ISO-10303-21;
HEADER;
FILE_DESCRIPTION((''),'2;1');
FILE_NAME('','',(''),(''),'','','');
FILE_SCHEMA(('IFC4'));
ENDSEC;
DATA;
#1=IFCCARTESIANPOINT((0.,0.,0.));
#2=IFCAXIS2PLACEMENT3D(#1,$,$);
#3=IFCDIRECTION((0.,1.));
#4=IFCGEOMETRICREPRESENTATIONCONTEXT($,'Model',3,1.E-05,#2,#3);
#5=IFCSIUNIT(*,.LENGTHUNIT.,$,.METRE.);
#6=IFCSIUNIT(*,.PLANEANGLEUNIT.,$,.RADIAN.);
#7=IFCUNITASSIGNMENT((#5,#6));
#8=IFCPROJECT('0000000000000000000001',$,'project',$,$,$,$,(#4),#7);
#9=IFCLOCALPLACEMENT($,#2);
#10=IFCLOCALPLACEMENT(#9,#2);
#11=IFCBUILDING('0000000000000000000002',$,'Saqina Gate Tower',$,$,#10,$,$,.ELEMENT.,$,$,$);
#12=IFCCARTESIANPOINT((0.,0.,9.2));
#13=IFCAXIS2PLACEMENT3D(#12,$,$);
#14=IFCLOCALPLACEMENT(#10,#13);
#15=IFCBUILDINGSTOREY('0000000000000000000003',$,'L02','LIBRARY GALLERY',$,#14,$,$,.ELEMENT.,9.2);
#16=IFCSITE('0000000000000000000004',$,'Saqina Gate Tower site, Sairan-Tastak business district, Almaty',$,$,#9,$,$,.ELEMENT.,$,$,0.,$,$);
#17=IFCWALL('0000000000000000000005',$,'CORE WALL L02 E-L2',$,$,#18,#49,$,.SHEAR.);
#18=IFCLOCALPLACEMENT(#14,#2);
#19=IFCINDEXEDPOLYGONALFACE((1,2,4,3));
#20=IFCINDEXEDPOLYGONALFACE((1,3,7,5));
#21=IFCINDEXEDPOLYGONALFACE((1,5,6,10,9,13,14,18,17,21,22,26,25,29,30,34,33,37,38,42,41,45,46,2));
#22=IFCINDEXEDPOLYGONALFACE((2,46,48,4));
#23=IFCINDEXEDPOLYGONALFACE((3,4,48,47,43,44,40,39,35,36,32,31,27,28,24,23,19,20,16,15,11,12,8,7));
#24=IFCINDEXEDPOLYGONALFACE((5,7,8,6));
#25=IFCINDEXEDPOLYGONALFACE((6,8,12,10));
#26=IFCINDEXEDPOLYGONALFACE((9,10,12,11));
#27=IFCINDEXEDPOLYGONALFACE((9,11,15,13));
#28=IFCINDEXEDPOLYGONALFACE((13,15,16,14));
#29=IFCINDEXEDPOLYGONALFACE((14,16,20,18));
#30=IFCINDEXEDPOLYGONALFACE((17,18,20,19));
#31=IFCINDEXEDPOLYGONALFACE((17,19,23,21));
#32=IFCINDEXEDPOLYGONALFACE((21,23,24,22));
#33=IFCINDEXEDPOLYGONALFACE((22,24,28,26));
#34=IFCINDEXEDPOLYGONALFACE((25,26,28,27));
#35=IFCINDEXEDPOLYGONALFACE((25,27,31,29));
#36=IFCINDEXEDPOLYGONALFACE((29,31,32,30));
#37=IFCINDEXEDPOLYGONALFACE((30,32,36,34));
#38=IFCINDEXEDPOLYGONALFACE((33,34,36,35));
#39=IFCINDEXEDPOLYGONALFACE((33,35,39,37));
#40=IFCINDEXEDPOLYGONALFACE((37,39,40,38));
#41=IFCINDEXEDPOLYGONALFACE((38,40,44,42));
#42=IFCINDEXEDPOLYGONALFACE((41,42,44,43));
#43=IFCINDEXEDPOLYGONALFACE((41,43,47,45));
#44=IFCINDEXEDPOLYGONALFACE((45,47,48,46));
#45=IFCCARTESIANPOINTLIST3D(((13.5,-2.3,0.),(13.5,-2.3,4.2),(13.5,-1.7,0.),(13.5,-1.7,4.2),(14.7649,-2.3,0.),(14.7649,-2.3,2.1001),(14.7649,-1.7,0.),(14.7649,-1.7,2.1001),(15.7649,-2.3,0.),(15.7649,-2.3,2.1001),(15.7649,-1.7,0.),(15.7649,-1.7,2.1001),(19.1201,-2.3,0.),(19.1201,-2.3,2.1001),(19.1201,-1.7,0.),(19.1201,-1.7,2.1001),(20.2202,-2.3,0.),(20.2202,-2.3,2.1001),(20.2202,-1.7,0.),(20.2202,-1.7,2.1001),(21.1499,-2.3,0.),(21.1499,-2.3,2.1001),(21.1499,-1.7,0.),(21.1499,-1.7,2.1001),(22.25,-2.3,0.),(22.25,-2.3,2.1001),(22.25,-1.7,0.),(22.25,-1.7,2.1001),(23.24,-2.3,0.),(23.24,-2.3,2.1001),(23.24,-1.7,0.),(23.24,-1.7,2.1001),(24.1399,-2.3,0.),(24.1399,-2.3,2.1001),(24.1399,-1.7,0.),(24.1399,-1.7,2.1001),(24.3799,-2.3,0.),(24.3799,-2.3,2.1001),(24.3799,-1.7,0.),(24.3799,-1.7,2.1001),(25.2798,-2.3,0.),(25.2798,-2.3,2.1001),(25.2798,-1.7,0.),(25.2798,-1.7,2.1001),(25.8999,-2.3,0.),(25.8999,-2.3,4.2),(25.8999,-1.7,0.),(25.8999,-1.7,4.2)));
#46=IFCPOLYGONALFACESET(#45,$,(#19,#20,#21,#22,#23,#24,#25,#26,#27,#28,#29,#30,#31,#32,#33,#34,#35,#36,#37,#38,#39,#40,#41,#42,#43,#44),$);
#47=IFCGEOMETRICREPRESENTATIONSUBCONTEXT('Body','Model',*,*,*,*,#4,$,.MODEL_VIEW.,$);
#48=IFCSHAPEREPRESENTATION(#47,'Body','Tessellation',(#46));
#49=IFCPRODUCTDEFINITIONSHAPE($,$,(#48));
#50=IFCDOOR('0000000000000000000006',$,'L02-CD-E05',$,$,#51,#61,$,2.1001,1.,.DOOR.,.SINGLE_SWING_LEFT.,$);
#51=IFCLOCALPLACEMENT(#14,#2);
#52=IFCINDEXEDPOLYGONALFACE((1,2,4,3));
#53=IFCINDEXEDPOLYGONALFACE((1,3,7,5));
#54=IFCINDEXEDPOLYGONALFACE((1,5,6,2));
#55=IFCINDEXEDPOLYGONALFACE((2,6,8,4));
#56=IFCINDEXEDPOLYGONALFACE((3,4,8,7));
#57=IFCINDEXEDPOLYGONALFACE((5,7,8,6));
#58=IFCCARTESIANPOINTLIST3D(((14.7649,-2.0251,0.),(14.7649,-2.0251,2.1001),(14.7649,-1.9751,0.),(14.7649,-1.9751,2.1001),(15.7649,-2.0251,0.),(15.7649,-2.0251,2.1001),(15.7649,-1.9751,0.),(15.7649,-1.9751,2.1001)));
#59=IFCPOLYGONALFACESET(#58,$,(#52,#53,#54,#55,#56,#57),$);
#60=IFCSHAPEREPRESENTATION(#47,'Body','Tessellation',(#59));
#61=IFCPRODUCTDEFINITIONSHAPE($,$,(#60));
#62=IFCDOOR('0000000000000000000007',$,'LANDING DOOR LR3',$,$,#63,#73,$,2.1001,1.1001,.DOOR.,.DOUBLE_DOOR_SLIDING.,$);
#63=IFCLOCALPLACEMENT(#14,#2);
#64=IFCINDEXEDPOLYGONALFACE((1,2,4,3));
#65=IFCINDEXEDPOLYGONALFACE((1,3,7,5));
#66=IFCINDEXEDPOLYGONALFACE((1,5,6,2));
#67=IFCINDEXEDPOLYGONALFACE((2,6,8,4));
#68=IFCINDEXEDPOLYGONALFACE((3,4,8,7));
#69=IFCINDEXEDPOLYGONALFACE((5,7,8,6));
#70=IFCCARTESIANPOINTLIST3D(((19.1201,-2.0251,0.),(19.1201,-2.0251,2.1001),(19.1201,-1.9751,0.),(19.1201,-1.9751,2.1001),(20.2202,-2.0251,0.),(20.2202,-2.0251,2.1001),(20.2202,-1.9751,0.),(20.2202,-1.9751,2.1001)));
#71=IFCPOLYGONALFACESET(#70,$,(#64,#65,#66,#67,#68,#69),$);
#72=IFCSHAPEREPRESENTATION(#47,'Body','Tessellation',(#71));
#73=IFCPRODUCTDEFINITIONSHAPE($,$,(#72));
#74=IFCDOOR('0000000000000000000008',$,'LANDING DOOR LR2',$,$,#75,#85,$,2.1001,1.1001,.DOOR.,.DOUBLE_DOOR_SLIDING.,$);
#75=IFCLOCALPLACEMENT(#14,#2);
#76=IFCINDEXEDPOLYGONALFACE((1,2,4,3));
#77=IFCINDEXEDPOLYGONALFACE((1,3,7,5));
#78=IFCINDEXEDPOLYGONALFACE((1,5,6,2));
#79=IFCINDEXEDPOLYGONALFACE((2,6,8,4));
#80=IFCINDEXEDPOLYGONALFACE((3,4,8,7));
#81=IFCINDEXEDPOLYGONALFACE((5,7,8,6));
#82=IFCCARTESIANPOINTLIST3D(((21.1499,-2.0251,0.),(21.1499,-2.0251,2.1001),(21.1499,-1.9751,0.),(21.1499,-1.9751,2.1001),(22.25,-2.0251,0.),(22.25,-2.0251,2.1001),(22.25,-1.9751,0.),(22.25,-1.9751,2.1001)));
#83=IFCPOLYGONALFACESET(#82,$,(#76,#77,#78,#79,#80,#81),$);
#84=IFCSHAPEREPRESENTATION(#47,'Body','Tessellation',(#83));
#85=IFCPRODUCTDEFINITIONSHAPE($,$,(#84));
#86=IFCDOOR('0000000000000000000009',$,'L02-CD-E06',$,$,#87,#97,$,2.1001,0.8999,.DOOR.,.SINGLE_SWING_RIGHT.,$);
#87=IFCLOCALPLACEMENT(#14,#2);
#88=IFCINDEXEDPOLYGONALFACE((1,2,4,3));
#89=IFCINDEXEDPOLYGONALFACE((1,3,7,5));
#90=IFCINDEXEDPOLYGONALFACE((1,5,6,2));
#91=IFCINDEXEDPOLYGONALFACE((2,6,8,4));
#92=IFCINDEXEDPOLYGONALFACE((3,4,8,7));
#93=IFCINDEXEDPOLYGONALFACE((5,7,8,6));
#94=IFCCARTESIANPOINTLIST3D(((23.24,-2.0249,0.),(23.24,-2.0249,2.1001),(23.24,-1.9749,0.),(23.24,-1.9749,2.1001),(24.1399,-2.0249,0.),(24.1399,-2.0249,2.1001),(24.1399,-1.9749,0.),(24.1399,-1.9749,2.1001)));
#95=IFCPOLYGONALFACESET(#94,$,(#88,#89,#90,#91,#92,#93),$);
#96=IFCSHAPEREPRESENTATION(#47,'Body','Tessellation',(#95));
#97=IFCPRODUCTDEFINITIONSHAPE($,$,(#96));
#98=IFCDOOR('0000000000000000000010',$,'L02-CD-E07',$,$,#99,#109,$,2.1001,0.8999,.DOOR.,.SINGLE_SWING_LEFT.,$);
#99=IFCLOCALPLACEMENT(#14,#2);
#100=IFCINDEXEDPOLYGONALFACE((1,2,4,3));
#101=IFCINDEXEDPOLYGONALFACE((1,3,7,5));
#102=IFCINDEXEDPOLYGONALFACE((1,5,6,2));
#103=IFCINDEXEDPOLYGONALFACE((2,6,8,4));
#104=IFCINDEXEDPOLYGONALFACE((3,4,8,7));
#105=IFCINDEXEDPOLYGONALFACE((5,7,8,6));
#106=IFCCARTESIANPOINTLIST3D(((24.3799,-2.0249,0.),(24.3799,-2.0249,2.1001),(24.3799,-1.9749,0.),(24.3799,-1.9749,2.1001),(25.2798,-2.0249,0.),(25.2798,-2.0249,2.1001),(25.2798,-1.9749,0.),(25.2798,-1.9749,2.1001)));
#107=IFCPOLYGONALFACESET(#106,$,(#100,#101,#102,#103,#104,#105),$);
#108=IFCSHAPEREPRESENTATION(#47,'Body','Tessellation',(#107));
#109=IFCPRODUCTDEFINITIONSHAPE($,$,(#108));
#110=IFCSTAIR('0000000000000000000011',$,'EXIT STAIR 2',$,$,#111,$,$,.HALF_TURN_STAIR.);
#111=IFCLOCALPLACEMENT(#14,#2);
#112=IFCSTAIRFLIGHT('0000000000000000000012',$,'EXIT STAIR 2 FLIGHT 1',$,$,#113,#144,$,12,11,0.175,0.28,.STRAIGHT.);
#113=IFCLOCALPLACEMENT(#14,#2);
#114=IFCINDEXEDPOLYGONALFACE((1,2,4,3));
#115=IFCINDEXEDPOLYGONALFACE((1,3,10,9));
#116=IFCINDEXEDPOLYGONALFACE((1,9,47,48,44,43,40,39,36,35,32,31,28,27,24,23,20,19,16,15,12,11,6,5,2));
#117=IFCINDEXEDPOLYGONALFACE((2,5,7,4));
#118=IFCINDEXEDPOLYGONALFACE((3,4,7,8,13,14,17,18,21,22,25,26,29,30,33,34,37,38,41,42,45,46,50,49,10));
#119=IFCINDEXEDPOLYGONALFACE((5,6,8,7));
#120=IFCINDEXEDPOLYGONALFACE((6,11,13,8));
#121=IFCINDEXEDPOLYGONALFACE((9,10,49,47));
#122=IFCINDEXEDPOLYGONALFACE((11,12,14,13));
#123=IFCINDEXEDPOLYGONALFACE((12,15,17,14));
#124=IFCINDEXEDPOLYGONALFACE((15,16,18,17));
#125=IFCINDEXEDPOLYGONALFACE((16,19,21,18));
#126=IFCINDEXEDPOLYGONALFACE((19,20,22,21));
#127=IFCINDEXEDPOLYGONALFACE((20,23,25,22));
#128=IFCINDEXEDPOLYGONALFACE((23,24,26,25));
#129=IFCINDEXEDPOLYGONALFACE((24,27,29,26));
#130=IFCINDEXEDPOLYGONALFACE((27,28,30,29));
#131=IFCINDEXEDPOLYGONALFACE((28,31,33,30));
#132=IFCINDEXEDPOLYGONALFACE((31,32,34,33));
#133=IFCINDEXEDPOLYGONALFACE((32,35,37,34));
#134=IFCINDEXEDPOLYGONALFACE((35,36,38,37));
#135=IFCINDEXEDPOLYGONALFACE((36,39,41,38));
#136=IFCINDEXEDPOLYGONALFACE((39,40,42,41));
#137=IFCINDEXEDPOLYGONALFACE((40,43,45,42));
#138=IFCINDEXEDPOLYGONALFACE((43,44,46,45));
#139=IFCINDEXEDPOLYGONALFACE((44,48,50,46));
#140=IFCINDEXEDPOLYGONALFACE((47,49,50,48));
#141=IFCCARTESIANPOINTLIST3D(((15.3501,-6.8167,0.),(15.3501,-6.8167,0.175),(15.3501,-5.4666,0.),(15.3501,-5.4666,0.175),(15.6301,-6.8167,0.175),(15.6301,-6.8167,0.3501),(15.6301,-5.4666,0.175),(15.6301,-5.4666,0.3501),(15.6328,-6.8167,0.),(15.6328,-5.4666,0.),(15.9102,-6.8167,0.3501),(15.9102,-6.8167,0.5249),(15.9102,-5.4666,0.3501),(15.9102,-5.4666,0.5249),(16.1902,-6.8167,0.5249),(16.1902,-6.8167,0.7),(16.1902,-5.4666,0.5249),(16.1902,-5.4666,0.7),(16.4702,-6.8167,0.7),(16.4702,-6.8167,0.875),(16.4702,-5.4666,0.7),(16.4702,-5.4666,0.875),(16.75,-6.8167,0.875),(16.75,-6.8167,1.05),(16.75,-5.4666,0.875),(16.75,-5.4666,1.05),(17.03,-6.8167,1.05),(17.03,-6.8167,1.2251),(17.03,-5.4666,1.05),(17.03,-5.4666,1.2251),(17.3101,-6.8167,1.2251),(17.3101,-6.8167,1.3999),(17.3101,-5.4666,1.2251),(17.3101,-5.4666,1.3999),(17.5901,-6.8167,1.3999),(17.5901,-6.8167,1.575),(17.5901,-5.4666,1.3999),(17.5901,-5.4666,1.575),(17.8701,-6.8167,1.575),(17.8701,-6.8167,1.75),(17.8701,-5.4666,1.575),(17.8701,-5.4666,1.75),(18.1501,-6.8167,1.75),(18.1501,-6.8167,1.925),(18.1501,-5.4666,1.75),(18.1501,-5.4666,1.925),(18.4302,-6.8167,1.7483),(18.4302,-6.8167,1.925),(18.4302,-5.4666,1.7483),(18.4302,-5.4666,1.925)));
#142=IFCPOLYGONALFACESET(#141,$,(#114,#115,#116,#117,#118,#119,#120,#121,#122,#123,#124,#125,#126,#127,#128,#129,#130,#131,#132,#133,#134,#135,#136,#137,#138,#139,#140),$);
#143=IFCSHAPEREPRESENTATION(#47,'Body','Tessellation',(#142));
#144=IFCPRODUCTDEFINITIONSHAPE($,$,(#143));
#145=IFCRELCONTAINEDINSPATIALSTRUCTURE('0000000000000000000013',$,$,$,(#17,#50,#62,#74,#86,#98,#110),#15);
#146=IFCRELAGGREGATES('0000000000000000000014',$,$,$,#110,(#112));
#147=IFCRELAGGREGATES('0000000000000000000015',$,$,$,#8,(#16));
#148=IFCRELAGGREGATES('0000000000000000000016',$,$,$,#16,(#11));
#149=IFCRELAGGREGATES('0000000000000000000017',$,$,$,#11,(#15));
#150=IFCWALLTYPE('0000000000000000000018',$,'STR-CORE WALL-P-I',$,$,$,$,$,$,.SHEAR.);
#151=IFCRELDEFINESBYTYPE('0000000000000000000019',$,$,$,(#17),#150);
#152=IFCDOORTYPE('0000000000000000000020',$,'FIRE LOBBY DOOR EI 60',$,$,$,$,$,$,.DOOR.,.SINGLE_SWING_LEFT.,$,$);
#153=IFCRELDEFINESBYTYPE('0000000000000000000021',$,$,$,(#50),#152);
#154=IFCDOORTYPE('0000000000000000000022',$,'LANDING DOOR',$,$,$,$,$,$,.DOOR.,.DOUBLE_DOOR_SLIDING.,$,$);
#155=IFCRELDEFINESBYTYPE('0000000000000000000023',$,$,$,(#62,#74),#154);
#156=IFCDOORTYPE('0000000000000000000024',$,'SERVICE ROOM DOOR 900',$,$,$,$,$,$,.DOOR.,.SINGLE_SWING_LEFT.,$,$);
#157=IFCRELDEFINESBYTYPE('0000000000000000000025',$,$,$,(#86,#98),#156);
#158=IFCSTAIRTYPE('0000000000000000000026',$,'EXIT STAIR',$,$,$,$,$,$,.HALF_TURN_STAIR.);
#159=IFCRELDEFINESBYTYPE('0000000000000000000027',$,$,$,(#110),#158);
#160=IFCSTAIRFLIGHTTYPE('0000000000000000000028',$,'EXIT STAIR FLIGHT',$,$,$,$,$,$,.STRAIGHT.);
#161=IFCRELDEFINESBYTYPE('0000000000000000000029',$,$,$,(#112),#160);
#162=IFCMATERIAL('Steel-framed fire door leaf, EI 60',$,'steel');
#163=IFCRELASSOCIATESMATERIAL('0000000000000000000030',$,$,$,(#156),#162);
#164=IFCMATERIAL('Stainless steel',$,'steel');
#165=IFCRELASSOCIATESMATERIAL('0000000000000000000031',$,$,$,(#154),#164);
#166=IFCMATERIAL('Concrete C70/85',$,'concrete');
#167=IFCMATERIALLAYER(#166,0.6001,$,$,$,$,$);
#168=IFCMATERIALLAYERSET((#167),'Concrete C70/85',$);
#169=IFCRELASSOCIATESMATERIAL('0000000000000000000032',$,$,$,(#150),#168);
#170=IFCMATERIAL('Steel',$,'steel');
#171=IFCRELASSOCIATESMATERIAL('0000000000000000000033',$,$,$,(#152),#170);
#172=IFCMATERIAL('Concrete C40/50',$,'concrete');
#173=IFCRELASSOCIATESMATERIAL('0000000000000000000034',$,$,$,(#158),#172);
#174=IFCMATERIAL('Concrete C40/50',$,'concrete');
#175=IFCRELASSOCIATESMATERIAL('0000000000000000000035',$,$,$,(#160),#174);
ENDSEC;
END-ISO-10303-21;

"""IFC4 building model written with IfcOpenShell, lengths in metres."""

from ifc_helpers import new_model, si_unit, direction, frame, frame_2d, origin, place, context, subcontext, project, spatial, polyline, rectangle, outline, extrude, material, layer, layer_set, type_object, element, fill, aggregate, save


model = new_model("IFC4")

# Units and contexts
model_context = context("Model", 3, precision=1e-05, world=origin(), true_north=direction((0.0, 1.0)))
body_context = subcontext(model_context, "Body", "Model", "MODEL_VIEW")
ifc_project = project(units=[si_unit("LENGTHUNIT", "METRE"), si_unit("PLANEANGLEUNIT", "RADIAN")], contexts=[model_context])

# Site, building, storey
site_placement = place(None, origin())
site = spatial("IfcSite", under=ifc_project, at=site_placement, Name="Saqina Gate Tower site, Sairan-Tastak business district, Almaty", CompositionType="ELEMENT", RefElevation=0.0)
building_placement = place(site_placement, origin())
building = spatial("IfcBuilding", under=site, at=building_placement, Name="Saqina Gate Tower", CompositionType="ELEMENT")
storey_placement = place(building_placement, frame((0.0, 0.0, 9.2)))
storey = spatial("IfcBuildingStorey", under=building, at=storey_placement, Name="L02", Description="LIBRARY GALLERY", CompositionType="ELEMENT", Elevation=9.2)

# Shared definitions
ifc_material_1 = material(Name="Steel-framed fire door leaf, EI 60", Category="steel")
door_type_1 = type_object("IfcDoorType", Name="SERVICE ROOM DOOR 900", OperationType="SINGLE_SWING_LEFT", PredefinedType="DOOR", material=ifc_material_1)
ifc_material_2 = material(Name="Stainless steel", Category="steel")
door_type_2 = type_object("IfcDoorType", Name="LANDING DOOR", OperationType="DOUBLE_DOOR_SLIDING", PredefinedType="DOOR", material=ifc_material_2)

# Wall, openings, doors
ifc_material_3 = material(Name="Concrete C70/85", Category="concrete")
ifc_layer_1 = layer(ifc_material_3, 0.6001)
ifc_layer_set_1 = layer_set([ifc_layer_1], Name="Concrete C70/85")
wall_type_1 = type_object("IfcWallType", Name="STR-CORE WALL-P-I", PredefinedType="SHEAR", material=ifc_layer_set_1)
wall_1_placement = place(storey_placement, frame((13.5, -2.0, 0.0), z_axis=(0.0, 0.0, 1.0), x_axis=(1.0, 0.0, 0.0)))
wall_1 = element("IfcWall", 1, at=wall_1_placement, inside=storey, type_object=wall_type_1, Name="CORE WALL L02 E-L2", PredefinedType="SHEAR", context=body_context, shape_type="SweptSolid", body=[
    extrude(rectangle(XDim=12.3999, YDim=0.6001, at=frame_2d((6.2, 0.0))), origin(), (0.0, 0.0, 1.0), 4.2),
])
opening_1_placement = place(wall_1_placement, frame((5.6201, 0.0, 0.0)))
opening_1 = element("IfcOpeningElement", 2, at=opening_1_placement, cuts=wall_1, PredefinedType="OPENING", context=body_context, shape_type="SweptSolid", body=[
    extrude(rectangle(XDim=1.1001, YDim=2.1001, at=frame_2d((0.55, 1.05))), frame((0.0, 0.312, 0.0), z_axis=(0.0, -1.0, 0.0), x_axis=(1.0, 0.0, 0.0)), (0.0, 0.0, 1.0), 0.624),
])
opening_2_placement = place(wall_1_placement, frame((7.6499, 0.0, 0.0)))
opening_2 = element("IfcOpeningElement", 3, at=opening_2_placement, cuts=wall_1, PredefinedType="OPENING", context=body_context, shape_type="SweptSolid", body=[
    extrude(rectangle(XDim=1.1001, YDim=2.1001, at=frame_2d((0.55, 1.05))), frame((0.0, 0.312, 0.0), z_axis=(0.0, -1.0, 0.0), x_axis=(1.0, 0.0, 0.0)), (0.0, 0.0, 1.0), 0.624),
])
opening_3_placement = place(wall_1_placement, frame((1.2649, 0.0, 0.0)))
opening_3 = element("IfcOpeningElement", 4, at=opening_3_placement, cuts=wall_1, PredefinedType="OPENING", context=body_context, shape_type="SweptSolid", body=[
    extrude(rectangle(XDim=1.0, YDim=2.1001, at=frame_2d((0.5, 1.05))), frame((0.0, 0.312, 0.0), z_axis=(0.0, -1.0, 0.0), x_axis=(1.0, 0.0, 0.0)), (0.0, 0.0, 1.0), 0.624),
])
opening_4_placement = place(wall_1_placement, frame((9.74, 0.0, 0.0)))
opening_4 = element("IfcOpeningElement", 5, at=opening_4_placement, cuts=wall_1, PredefinedType="OPENING", context=body_context, shape_type="SweptSolid", body=[
    extrude(rectangle(XDim=0.8999, YDim=2.1001, at=frame_2d((0.45, 1.05))), frame((0.0, 0.312, 0.0), z_axis=(0.0, -1.0, 0.0), x_axis=(1.0, 0.0, 0.0)), (0.0, 0.0, 1.0), 0.624),
])
opening_5_placement = place(wall_1_placement, frame((10.8799, 0.0, 0.0)))
opening_5 = element("IfcOpeningElement", 6, at=opening_5_placement, cuts=wall_1, PredefinedType="OPENING", context=body_context, shape_type="SweptSolid", body=[
    extrude(rectangle(XDim=0.8999, YDim=2.1001, at=frame_2d((0.45, 1.05))), frame((0.0, 0.312, 0.0), z_axis=(0.0, -1.0, 0.0), x_axis=(1.0, 0.0, 0.0)), (0.0, 0.0, 1.0), 0.624),
])
ifc_material_4 = material(Name="Steel", Category="steel")
door_type_3 = type_object("IfcDoorType", Name="FIRE LOBBY DOOR EI 60", OperationType="SINGLE_SWING_LEFT", PredefinedType="DOOR", material=ifc_material_4)
door_1_placement = place(opening_3_placement, origin())
door_1 = element("IfcDoor", 7, at=door_1_placement, inside=storey, type_object=door_type_3, Name="L02-CD-E05", OperationType="SINGLE_SWING_LEFT", OverallHeight=2.1001, OverallWidth=1.0, PredefinedType="DOOR", context=body_context, shape_type="SweptSolid", body=[
    extrude(rectangle(XDim=1.0, YDim=2.1001, at=frame_2d((0.5, 1.05))), frame((0.0, 0.0249, 0.0), z_axis=(0.0, -1.0, 0.0), x_axis=(1.0, 0.0, 0.0)), (0.0, 0.0, 1.0), 0.05),
])
fill(opening_3, door_1)
door_2_placement = place(opening_1_placement, origin())
door_2 = element("IfcDoor", 8, at=door_2_placement, inside=storey, type_object=door_type_2, Name="LANDING DOOR LR3", OperationType="DOUBLE_DOOR_SLIDING", OverallHeight=2.1001, OverallWidth=1.1001, PredefinedType="DOOR", context=body_context, shape_type="SweptSolid", body=[
    extrude(rectangle(XDim=1.1001, YDim=2.1001, at=frame_2d((0.55, 1.05))), frame((0.0, 0.0249, 0.0), z_axis=(0.0, -1.0, 0.0), x_axis=(1.0, 0.0, 0.0)), (0.0, 0.0, 1.0), 0.05),
])
fill(opening_1, door_2)
door_3_placement = place(opening_2_placement, origin())
door_3 = element("IfcDoor", 9, at=door_3_placement, inside=storey, type_object=door_type_2, Name="LANDING DOOR LR2", OperationType="DOUBLE_DOOR_SLIDING", OverallHeight=2.1001, OverallWidth=1.1001, PredefinedType="DOOR", context=body_context, shape_type="SweptSolid", body=[
    extrude(rectangle(XDim=1.1001, YDim=2.1001, at=frame_2d((0.55, 1.05))), frame((0.0, 0.0249, 0.0), z_axis=(0.0, -1.0, 0.0), x_axis=(1.0, 0.0, 0.0)), (0.0, 0.0, 1.0), 0.05),
])
fill(opening_2, door_3)
door_4_placement = place(opening_4_placement, frame((0.8999, 0.0, 0.0), z_axis=(0.0, 0.0, 1.0), x_axis=(-1.0, 0.0, 0.0)))
door_4 = element("IfcDoor", 10, at=door_4_placement, inside=storey, type_object=door_type_1, Name="L02-CD-E06", OperationType="SINGLE_SWING_RIGHT", OverallHeight=2.1001, OverallWidth=0.8999, PredefinedType="DOOR", context=body_context, shape_type="SweptSolid", body=[
    extrude(rectangle(XDim=0.8999, YDim=2.1001, at=frame_2d((0.45, 1.05))), frame((0.0, 0.0249, 0.0), z_axis=(0.0, -1.0, 0.0), x_axis=(1.0, 0.0, 0.0)), (0.0, 0.0, 1.0), 0.05),
])
fill(opening_4, door_4)
door_5_placement = place(opening_5_placement, frame((0.8999, 0.0, 0.0), z_axis=(0.0, 0.0, 1.0), x_axis=(-1.0, 0.0, 0.0)))
door_5 = element("IfcDoor", 11, at=door_5_placement, inside=storey, type_object=door_type_1, Name="L02-CD-E07", OperationType="SINGLE_SWING_LEFT", OverallHeight=2.1001, OverallWidth=0.8999, PredefinedType="DOOR", context=body_context, shape_type="SweptSolid", body=[
    extrude(rectangle(XDim=0.8999, YDim=2.1001, at=frame_2d((0.45, 1.05))), frame((0.0, 0.0249, 0.0), z_axis=(0.0, -1.0, 0.0), x_axis=(1.0, 0.0, 0.0)), (0.0, 0.0, 1.0), 0.05),
])
fill(opening_5, door_5)

# Stair, stair flight
ifc_material_5 = material(Name="Concrete C40/50", Category="concrete")
stair_type = type_object("IfcStairType", Name="EXIT STAIR", PredefinedType="HALF_TURN_STAIR", material=ifc_material_5)
stair_placement = place(storey_placement, origin())
stair = element("IfcStair", 12, at=stair_placement, inside=storey, type_object=stair_type, Name="EXIT STAIR 2", PredefinedType="HALF_TURN_STAIR")
ifc_material_6 = material(Name="Concrete C40/50", Category="concrete")
stair_flight_type = type_object("IfcStairFlightType", Name="EXIT STAIR FLIGHT", PredefinedType="STRAIGHT", material=ifc_material_6)
stair_flight_1_placement = place(storey_placement, frame((15.3501, -6.1416, 0.0), z_axis=(0.0, 0.0, 1.0), x_axis=(1.0, 0.0, 0.0)))
stair_flight_1 = element("IfcStairFlight", 13, at=stair_flight_1_placement, type_object=stair_flight_type, Name="EXIT STAIR 2 FLIGHT 1", NumberOfRisers=12, NumberOfTreads=11, PredefinedType="STRAIGHT", RiserHeight=0.175, TreadLength=0.28, context=body_context, shape_type="SweptSolid", body=[
    extrude(outline(polyline([(0.0, 0.0), (0.0, 0.175), (0.28, 0.175), (0.28, 0.3501), (0.5601, 0.3501), (0.5601, 0.5249), (0.8401, 0.5249), (0.8401, 0.7), (1.1201, 0.7), (1.1201, 0.875), (1.3999, 0.875), (1.3999, 1.05), (1.6799, 1.05), (1.6799, 1.2251), (1.96, 1.2251), (1.96, 1.3999), (2.24, 1.3999), (2.24, 1.575), (2.52, 1.575), (2.52, 1.75), (2.8, 1.75), (2.8, 1.925), (3.0801, 1.925), (3.0801, 2.1001), (3.0801, 1.7483), (0.2827, 0.0), (0.0, 0.0)])), frame((0.0, 0.675, 0.0), z_axis=(0.0, -1.0, 0.0), x_axis=(1.0, 0.0, 0.0)), (0.0, 0.0, 1.0), 1.3501),
])
aggregate(stair, [stair_flight_1])

save(model, "model.ifc")
